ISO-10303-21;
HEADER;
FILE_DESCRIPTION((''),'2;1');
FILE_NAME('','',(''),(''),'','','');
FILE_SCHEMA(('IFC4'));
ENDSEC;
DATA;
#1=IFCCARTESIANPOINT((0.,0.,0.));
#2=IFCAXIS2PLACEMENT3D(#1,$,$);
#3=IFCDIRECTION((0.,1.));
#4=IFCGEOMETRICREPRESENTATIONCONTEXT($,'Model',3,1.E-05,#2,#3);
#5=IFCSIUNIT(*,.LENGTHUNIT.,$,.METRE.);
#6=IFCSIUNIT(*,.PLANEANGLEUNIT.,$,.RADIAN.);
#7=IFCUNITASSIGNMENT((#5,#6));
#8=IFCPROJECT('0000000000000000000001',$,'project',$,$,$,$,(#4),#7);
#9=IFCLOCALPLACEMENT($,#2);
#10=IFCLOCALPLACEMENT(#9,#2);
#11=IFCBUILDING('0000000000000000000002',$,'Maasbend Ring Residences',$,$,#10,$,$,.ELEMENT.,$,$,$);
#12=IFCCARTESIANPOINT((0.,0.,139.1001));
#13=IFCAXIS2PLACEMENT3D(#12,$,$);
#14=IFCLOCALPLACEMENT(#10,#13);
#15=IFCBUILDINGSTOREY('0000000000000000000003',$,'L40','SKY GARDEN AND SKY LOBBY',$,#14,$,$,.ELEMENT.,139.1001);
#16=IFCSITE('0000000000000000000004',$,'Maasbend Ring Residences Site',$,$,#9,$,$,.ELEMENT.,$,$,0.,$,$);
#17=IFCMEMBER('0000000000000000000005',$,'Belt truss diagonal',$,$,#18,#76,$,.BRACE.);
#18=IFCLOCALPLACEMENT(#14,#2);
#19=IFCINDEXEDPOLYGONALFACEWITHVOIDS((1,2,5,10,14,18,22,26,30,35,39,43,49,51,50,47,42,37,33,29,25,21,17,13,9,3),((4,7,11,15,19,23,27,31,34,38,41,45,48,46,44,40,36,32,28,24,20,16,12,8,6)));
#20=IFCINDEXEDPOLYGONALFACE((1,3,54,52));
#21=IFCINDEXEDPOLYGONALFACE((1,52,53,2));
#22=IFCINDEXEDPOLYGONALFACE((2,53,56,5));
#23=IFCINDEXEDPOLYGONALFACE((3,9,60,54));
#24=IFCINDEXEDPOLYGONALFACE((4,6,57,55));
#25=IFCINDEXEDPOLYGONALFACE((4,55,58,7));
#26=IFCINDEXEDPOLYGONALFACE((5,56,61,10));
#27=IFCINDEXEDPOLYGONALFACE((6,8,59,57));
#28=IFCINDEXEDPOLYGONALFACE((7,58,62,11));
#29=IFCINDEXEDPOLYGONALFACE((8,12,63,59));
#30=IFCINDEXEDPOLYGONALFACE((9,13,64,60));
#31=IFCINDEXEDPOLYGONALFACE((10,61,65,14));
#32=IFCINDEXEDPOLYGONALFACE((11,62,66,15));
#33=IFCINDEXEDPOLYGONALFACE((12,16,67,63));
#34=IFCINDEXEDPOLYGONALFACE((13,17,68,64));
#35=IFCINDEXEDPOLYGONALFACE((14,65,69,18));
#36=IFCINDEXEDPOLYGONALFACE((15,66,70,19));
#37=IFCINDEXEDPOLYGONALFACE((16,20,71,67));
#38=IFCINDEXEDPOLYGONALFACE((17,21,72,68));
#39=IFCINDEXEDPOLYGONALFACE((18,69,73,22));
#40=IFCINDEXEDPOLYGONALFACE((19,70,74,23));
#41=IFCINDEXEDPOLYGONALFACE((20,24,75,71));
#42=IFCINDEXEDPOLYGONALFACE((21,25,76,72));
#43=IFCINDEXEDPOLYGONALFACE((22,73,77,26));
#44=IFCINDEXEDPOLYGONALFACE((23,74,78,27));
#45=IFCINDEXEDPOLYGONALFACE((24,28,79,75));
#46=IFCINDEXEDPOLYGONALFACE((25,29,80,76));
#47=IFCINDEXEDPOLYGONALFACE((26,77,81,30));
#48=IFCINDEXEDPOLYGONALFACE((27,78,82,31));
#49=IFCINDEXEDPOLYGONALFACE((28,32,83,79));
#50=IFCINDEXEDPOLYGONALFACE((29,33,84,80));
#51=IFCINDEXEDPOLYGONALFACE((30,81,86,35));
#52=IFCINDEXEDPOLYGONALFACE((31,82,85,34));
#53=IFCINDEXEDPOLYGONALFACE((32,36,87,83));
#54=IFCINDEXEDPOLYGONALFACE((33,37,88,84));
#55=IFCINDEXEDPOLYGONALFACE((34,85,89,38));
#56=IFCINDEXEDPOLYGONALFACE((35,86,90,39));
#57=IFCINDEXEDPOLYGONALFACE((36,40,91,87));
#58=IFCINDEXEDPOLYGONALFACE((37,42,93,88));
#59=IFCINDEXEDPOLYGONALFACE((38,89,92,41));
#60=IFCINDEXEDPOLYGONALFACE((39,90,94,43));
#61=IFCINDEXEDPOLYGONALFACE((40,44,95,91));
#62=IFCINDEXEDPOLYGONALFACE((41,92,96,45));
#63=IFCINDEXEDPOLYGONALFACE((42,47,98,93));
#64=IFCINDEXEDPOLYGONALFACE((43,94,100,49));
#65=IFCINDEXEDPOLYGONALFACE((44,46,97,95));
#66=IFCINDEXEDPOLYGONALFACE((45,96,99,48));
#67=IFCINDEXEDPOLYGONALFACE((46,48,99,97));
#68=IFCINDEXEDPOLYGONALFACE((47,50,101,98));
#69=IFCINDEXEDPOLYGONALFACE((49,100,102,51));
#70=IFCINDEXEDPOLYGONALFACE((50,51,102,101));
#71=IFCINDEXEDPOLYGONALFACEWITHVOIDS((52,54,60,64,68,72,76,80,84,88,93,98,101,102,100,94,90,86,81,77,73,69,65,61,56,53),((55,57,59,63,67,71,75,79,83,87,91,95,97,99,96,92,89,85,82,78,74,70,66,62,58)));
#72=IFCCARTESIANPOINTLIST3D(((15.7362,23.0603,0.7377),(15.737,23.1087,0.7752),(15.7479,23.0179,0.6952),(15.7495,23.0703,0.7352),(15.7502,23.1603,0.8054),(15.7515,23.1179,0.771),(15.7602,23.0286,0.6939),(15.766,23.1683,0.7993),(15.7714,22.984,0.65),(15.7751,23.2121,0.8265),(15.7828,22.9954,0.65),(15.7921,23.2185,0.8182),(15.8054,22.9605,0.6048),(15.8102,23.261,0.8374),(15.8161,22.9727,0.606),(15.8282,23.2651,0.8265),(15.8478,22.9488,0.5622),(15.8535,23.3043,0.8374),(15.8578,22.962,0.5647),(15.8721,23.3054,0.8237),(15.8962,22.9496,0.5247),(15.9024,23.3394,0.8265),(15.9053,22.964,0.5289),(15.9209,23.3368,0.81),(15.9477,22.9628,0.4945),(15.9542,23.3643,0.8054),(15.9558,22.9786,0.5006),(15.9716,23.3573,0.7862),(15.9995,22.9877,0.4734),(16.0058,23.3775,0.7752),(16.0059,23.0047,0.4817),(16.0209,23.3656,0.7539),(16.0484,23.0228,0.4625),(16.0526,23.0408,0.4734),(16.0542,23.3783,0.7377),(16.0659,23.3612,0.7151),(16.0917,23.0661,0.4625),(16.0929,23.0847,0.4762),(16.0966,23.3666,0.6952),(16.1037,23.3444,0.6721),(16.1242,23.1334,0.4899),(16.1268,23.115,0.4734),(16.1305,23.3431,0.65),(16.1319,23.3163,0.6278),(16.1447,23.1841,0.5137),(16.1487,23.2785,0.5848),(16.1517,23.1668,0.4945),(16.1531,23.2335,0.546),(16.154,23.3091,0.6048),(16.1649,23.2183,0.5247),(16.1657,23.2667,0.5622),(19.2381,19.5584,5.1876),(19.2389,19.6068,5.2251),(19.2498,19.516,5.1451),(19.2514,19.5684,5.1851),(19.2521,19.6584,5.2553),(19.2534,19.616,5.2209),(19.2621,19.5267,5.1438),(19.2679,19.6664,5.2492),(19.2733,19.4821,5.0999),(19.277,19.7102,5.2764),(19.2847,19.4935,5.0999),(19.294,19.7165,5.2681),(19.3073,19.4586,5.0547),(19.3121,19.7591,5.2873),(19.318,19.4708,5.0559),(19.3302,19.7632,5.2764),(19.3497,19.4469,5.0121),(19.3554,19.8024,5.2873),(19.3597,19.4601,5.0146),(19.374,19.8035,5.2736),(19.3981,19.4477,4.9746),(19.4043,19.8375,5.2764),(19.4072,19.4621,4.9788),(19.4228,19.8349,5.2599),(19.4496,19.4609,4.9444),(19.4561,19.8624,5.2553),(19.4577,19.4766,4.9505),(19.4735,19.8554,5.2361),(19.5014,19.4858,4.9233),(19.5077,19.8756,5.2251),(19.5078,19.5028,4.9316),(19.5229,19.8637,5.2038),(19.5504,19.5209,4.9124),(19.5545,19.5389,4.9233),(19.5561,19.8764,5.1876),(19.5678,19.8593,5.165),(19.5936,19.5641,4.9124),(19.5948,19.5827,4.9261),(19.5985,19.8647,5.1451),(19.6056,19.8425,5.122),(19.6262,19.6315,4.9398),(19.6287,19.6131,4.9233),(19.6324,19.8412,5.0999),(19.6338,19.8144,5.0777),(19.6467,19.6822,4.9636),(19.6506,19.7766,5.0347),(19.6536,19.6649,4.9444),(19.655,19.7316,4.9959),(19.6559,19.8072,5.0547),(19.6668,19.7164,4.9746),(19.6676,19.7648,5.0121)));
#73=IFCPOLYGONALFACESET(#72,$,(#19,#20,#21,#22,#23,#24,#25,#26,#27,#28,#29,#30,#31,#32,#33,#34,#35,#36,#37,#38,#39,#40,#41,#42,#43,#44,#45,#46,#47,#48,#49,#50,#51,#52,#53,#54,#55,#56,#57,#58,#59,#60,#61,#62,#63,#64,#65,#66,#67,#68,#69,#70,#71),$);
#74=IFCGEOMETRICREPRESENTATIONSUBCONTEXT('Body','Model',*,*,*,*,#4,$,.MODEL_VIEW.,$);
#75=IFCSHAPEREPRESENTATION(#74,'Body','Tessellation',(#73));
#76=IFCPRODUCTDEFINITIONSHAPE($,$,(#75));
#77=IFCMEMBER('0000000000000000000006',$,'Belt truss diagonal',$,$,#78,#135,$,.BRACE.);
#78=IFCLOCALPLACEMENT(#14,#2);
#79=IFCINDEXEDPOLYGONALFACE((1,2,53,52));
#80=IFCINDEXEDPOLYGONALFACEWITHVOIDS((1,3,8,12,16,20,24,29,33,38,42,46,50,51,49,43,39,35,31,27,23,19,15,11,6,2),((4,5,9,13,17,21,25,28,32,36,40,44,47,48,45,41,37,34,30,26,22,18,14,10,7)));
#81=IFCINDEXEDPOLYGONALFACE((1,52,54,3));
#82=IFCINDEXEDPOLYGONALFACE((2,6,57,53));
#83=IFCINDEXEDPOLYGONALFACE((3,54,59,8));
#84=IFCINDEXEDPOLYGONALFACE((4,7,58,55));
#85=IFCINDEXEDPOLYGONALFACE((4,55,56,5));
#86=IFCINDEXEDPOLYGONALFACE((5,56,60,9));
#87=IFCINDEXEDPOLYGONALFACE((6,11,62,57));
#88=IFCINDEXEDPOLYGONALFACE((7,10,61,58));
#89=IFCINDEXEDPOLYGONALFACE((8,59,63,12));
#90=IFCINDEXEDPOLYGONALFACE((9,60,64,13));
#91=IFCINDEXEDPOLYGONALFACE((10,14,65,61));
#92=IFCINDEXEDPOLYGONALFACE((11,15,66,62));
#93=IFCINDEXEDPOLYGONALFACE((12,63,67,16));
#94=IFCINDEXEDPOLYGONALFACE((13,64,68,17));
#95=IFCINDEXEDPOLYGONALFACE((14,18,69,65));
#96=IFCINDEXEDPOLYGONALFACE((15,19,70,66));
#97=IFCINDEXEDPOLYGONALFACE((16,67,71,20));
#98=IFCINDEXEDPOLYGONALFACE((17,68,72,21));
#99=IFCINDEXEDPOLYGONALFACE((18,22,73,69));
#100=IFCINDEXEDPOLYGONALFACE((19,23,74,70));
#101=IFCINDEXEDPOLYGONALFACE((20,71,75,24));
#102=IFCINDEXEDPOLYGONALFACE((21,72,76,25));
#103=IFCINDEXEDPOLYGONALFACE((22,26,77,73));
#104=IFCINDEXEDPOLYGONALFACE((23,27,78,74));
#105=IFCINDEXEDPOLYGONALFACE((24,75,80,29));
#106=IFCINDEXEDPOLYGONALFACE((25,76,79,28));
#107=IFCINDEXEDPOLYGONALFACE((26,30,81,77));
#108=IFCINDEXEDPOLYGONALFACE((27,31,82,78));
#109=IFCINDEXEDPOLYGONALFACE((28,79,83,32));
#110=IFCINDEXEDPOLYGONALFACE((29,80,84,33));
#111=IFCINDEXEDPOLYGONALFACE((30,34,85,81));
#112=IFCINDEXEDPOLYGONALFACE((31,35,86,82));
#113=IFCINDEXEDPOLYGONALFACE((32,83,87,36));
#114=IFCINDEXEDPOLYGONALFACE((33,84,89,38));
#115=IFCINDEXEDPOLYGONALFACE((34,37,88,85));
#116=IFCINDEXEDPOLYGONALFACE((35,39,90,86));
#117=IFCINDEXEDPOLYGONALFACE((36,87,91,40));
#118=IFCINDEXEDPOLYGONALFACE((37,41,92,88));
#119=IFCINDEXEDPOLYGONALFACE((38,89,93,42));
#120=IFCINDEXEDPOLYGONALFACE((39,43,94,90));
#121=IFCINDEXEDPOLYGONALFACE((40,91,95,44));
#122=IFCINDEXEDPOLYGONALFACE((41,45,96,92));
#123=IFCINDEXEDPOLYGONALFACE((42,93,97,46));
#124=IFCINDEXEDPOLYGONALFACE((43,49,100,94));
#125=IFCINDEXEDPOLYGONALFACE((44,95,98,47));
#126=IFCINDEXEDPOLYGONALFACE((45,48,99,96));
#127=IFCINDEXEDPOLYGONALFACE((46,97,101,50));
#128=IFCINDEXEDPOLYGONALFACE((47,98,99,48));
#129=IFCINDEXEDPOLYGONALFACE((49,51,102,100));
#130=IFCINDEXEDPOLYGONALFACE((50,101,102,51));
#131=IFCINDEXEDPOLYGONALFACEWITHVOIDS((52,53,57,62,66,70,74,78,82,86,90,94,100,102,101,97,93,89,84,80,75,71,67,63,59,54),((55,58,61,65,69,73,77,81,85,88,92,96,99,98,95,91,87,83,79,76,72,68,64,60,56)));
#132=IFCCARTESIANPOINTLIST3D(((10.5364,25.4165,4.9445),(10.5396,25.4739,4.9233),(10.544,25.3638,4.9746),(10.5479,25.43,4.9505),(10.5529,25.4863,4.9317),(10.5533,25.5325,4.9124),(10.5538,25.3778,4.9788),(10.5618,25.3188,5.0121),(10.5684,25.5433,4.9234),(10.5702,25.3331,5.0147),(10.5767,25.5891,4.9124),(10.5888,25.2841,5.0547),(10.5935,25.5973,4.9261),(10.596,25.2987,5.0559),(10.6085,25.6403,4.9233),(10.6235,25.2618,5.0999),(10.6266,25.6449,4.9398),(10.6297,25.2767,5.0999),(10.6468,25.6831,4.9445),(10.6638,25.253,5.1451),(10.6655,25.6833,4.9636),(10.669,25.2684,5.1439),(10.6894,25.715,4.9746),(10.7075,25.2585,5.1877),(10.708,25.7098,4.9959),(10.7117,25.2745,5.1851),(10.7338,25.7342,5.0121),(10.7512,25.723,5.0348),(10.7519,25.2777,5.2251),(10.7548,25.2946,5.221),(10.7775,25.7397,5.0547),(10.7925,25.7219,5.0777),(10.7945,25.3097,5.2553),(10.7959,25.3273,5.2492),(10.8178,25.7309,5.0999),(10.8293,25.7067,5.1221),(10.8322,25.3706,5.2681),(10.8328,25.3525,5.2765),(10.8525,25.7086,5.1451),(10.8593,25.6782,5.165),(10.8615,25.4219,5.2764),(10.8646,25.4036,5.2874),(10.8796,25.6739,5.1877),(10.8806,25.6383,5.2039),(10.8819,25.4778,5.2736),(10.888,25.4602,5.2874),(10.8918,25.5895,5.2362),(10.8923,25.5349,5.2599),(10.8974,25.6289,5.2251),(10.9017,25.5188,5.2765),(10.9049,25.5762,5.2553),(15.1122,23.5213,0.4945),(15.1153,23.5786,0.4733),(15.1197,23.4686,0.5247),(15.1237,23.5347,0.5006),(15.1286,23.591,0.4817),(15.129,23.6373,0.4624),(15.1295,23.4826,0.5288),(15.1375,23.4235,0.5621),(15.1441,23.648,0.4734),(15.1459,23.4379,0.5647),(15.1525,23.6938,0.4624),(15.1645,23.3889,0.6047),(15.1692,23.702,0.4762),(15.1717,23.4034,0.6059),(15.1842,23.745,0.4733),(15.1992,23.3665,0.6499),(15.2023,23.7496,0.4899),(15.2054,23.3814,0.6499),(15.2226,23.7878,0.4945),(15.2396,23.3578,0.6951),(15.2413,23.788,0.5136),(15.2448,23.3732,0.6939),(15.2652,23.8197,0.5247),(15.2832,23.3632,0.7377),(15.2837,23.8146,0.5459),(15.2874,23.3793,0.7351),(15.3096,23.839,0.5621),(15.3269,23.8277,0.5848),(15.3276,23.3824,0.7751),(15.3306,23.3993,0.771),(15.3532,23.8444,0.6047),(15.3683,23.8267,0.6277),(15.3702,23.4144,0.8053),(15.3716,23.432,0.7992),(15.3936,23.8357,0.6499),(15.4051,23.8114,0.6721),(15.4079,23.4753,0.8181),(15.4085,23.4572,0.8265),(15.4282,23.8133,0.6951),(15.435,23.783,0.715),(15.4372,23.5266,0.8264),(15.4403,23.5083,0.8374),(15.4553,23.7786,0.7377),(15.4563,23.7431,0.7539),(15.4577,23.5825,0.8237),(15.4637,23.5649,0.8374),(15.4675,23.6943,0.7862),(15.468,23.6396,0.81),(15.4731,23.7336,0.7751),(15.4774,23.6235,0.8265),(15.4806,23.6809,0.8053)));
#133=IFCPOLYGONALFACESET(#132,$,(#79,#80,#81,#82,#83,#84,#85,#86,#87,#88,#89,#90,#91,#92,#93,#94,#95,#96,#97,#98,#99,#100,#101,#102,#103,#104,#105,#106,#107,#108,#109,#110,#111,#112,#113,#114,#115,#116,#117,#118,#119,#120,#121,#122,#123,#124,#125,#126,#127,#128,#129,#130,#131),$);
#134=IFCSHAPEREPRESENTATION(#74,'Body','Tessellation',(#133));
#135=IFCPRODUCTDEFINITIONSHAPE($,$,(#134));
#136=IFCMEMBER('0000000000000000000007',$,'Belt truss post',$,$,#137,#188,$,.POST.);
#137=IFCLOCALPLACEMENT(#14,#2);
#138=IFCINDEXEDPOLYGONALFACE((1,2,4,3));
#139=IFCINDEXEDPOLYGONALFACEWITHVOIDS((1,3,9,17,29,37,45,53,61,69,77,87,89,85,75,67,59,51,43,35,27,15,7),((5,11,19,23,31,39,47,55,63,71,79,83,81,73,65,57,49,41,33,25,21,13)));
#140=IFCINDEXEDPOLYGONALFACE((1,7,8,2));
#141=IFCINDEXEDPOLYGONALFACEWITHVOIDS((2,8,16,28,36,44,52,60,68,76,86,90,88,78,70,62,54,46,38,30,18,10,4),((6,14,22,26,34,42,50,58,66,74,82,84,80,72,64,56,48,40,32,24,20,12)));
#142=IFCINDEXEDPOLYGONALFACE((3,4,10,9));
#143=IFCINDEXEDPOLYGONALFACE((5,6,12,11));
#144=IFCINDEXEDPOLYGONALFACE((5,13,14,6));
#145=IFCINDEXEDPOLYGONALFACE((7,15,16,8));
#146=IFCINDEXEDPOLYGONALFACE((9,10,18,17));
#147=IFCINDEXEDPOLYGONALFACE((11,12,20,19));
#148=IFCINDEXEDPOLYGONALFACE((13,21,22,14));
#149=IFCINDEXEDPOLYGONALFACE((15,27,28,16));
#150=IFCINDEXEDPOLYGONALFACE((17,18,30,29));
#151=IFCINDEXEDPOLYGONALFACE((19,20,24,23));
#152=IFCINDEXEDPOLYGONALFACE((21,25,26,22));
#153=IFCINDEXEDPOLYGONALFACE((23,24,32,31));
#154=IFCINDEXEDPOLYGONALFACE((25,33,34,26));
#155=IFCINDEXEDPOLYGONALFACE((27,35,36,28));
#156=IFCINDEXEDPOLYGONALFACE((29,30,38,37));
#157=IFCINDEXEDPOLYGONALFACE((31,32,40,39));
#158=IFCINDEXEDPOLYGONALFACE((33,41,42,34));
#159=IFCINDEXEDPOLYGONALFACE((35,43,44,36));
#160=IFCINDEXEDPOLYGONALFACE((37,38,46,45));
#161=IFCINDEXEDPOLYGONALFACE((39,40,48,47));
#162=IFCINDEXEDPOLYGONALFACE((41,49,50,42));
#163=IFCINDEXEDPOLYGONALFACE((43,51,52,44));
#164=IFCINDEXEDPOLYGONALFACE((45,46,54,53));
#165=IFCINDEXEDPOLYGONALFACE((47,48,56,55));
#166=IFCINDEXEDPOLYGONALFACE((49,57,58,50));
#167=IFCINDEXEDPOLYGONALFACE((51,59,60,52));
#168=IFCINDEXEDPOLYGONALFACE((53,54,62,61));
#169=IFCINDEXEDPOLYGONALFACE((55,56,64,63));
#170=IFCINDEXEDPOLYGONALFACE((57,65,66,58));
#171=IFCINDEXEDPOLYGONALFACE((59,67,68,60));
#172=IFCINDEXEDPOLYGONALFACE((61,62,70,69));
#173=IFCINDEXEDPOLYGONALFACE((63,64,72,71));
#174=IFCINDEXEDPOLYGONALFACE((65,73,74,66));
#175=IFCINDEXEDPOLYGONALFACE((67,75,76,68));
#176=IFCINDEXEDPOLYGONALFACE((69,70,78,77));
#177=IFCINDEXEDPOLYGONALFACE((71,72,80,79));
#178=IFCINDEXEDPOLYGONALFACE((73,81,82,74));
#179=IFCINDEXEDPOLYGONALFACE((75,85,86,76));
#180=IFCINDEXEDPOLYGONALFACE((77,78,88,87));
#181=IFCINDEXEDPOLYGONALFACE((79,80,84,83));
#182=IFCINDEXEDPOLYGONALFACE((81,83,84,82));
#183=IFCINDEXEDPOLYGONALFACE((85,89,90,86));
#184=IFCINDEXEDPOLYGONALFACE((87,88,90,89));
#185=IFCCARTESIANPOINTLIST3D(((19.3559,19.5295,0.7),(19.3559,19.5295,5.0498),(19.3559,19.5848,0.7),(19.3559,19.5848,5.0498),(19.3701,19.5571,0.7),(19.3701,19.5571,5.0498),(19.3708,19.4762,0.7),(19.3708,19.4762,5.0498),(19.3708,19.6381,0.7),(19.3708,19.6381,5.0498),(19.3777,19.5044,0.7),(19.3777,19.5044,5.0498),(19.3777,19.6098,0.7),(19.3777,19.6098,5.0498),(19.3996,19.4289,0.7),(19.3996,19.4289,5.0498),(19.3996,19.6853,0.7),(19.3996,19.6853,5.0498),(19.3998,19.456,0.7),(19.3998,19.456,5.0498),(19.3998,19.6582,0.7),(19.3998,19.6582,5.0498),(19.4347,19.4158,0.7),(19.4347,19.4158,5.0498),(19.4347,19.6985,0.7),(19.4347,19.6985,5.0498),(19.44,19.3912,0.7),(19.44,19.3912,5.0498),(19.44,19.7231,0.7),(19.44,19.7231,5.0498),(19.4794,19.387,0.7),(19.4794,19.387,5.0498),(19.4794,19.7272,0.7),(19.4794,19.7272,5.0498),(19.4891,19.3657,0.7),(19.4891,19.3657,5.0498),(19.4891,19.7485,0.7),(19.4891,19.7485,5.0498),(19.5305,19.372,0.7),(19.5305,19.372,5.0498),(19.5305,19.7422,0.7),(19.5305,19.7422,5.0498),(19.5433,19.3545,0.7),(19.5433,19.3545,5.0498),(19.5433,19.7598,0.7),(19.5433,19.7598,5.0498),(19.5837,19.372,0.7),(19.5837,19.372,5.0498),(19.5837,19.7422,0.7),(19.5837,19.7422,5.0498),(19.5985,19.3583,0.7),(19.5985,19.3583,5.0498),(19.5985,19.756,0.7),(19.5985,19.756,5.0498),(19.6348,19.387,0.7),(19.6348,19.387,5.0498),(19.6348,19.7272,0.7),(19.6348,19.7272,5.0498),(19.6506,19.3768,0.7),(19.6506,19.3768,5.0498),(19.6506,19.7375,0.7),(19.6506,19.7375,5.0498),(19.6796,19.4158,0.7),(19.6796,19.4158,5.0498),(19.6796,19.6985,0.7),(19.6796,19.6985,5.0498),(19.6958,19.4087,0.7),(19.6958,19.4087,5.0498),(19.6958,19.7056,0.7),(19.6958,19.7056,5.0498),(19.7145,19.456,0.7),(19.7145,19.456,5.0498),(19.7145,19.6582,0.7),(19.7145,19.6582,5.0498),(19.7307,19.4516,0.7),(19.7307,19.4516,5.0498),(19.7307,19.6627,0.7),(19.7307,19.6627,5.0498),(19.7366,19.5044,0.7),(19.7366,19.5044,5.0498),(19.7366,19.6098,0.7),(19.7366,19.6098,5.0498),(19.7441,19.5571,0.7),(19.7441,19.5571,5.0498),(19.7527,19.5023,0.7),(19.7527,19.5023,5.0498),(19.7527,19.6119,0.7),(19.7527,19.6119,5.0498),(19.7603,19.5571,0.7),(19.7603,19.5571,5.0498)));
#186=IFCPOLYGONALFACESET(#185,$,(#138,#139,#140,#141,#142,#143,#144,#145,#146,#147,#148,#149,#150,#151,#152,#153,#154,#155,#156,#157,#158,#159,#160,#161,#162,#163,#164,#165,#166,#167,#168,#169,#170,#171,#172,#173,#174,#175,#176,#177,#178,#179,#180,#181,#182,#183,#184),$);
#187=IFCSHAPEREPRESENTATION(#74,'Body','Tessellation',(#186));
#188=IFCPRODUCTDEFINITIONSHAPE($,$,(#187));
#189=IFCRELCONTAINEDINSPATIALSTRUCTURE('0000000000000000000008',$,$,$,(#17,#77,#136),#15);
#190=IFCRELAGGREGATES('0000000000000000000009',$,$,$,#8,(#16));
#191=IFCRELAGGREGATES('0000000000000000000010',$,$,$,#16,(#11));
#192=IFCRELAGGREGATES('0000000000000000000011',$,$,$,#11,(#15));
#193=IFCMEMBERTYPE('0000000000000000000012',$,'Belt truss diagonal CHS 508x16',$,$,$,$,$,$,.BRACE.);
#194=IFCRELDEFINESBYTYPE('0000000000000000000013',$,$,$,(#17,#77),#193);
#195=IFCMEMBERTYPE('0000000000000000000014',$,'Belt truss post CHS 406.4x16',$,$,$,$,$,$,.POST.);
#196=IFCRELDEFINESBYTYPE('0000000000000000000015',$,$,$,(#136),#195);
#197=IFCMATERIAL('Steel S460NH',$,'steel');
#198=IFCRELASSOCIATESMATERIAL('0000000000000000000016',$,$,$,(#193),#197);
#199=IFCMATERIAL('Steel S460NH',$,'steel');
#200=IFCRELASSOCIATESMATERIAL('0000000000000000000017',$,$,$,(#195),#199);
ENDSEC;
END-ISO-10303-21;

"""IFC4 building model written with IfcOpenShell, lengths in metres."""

from ifc_helpers import new_model, si_unit, direction, frame, origin, origin_2d, place, context, subcontext, project, spatial, hollow_circle, extrude, material, material_profile, profile_set, type_object, element, save


model = new_model("IFC4")

# Units and contexts
model_context = context("Model", 3, precision=1e-05, world=origin(), true_north=direction((0.0, 1.0)))
body_context = subcontext(model_context, "Body", "Model", "MODEL_VIEW")
ifc_project = project(units=[si_unit("LENGTHUNIT", "METRE"), si_unit("PLANEANGLEUNIT", "RADIAN")], contexts=[model_context])

# Site, building, storey
site_placement = place(None, origin())
site = spatial("IfcSite", under=ifc_project, at=site_placement, Name="Maasbend Ring Residences Site", CompositionType="ELEMENT", RefElevation=0.0)
building_placement = place(site_placement, origin())
building = spatial("IfcBuilding", under=site, at=building_placement, Name="Maasbend Ring Residences", CompositionType="ELEMENT")
storey_placement = place(building_placement, frame((0.0, 0.0, 139.1001)))
storey = spatial("IfcBuildingStorey", under=building, at=storey_placement, Name="L40", Description="SKY GARDEN AND SKY LOBBY", CompositionType="ELEMENT", Elevation=139.1001)

# Members
ifc_material_1 = material(Name="Steel S460NH", Category="steel")
ifc_material_profile_1 = material_profile(ifc_material_1, hollow_circle(Radius=0.2539, WallThickness=0.0161, at=origin_2d()), Name="Belt truss diagonal CHS 508x16")
ifc_profile_set_1 = profile_set([ifc_material_profile_1], Name="Steel S460NH")
member_type_1 = type_object("IfcMemberType", Name="Belt truss diagonal CHS 508x16", PredefinedType="BRACE", material=ifc_profile_set_1)
for number, where, z_axis, x_axis, name in (
    (1, (19.4529, 19.6616, 5.0999), (-0.525974, 0.525974, -0.668358), (-0.707107, -0.707107, 0.0), "Belt truss diagonal"),
):
    element("IfcMember", number, at=place(storey_placement, frame(where, z_axis=z_axis, x_axis=x_axis)), inside=storey, type_object=member_type_1, Name=name, PredefinedType="BRACE", context=body_context, shape_type="SweptSolid", body=[
        extrude(hollow_circle(Radius=0.2539, WallThickness=0.0161, at=origin_2d()), origin(), (0.0, 0.0, 1.0), 6.658),
    ])
member_1_placement = place(storey_placement, frame((15.2964, 23.6011, 0.6499), z_axis=(-0.68723, 0.284653, 0.668346), x_axis=(-0.382675, -0.923883, 0.0)))
element("IfcMember", 2, at=member_1_placement, inside=storey, type_object=member_type_1, Name="Belt truss diagonal", PredefinedType="BRACE", context=body_context, shape_type="SweptSolid", body=[
    extrude(hollow_circle(Radius=0.2539, WallThickness=0.0161, at=origin_2d()), origin(), (0.0, 0.0, 1.0), 6.6582),
])
ifc_material_2 = material(Name="Steel S460NH", Category="steel")
ifc_material_profile_2 = material_profile(ifc_material_2, hollow_circle(Radius=0.2031, WallThickness=0.0161, at=origin_2d()), Name="Belt truss post CHS 406.4x16")
ifc_profile_set_2 = profile_set([ifc_material_profile_2], Name="Steel S460NH")
member_type_2 = type_object("IfcMemberType", Name="Belt truss post CHS 406.4x16", PredefinedType="POST", material=ifc_profile_set_2)
member_2_placement = place(storey_placement, frame((19.5571, 19.5571, 0.7), z_axis=(0.0, 0.0, 1.0), x_axis=(1.0, 0.0, 0.0)))
element("IfcMember", 3, at=member_2_placement, inside=storey, type_object=member_type_2, Name="Belt truss post", PredefinedType="POST", context=body_context, shape_type="SweptSolid", body=[
    extrude(hollow_circle(Radius=0.2031, WallThickness=0.0161, at=origin_2d()), origin(), (0.0, 0.0, 1.0), 4.3499),
])

save(model, "model.ifc")
